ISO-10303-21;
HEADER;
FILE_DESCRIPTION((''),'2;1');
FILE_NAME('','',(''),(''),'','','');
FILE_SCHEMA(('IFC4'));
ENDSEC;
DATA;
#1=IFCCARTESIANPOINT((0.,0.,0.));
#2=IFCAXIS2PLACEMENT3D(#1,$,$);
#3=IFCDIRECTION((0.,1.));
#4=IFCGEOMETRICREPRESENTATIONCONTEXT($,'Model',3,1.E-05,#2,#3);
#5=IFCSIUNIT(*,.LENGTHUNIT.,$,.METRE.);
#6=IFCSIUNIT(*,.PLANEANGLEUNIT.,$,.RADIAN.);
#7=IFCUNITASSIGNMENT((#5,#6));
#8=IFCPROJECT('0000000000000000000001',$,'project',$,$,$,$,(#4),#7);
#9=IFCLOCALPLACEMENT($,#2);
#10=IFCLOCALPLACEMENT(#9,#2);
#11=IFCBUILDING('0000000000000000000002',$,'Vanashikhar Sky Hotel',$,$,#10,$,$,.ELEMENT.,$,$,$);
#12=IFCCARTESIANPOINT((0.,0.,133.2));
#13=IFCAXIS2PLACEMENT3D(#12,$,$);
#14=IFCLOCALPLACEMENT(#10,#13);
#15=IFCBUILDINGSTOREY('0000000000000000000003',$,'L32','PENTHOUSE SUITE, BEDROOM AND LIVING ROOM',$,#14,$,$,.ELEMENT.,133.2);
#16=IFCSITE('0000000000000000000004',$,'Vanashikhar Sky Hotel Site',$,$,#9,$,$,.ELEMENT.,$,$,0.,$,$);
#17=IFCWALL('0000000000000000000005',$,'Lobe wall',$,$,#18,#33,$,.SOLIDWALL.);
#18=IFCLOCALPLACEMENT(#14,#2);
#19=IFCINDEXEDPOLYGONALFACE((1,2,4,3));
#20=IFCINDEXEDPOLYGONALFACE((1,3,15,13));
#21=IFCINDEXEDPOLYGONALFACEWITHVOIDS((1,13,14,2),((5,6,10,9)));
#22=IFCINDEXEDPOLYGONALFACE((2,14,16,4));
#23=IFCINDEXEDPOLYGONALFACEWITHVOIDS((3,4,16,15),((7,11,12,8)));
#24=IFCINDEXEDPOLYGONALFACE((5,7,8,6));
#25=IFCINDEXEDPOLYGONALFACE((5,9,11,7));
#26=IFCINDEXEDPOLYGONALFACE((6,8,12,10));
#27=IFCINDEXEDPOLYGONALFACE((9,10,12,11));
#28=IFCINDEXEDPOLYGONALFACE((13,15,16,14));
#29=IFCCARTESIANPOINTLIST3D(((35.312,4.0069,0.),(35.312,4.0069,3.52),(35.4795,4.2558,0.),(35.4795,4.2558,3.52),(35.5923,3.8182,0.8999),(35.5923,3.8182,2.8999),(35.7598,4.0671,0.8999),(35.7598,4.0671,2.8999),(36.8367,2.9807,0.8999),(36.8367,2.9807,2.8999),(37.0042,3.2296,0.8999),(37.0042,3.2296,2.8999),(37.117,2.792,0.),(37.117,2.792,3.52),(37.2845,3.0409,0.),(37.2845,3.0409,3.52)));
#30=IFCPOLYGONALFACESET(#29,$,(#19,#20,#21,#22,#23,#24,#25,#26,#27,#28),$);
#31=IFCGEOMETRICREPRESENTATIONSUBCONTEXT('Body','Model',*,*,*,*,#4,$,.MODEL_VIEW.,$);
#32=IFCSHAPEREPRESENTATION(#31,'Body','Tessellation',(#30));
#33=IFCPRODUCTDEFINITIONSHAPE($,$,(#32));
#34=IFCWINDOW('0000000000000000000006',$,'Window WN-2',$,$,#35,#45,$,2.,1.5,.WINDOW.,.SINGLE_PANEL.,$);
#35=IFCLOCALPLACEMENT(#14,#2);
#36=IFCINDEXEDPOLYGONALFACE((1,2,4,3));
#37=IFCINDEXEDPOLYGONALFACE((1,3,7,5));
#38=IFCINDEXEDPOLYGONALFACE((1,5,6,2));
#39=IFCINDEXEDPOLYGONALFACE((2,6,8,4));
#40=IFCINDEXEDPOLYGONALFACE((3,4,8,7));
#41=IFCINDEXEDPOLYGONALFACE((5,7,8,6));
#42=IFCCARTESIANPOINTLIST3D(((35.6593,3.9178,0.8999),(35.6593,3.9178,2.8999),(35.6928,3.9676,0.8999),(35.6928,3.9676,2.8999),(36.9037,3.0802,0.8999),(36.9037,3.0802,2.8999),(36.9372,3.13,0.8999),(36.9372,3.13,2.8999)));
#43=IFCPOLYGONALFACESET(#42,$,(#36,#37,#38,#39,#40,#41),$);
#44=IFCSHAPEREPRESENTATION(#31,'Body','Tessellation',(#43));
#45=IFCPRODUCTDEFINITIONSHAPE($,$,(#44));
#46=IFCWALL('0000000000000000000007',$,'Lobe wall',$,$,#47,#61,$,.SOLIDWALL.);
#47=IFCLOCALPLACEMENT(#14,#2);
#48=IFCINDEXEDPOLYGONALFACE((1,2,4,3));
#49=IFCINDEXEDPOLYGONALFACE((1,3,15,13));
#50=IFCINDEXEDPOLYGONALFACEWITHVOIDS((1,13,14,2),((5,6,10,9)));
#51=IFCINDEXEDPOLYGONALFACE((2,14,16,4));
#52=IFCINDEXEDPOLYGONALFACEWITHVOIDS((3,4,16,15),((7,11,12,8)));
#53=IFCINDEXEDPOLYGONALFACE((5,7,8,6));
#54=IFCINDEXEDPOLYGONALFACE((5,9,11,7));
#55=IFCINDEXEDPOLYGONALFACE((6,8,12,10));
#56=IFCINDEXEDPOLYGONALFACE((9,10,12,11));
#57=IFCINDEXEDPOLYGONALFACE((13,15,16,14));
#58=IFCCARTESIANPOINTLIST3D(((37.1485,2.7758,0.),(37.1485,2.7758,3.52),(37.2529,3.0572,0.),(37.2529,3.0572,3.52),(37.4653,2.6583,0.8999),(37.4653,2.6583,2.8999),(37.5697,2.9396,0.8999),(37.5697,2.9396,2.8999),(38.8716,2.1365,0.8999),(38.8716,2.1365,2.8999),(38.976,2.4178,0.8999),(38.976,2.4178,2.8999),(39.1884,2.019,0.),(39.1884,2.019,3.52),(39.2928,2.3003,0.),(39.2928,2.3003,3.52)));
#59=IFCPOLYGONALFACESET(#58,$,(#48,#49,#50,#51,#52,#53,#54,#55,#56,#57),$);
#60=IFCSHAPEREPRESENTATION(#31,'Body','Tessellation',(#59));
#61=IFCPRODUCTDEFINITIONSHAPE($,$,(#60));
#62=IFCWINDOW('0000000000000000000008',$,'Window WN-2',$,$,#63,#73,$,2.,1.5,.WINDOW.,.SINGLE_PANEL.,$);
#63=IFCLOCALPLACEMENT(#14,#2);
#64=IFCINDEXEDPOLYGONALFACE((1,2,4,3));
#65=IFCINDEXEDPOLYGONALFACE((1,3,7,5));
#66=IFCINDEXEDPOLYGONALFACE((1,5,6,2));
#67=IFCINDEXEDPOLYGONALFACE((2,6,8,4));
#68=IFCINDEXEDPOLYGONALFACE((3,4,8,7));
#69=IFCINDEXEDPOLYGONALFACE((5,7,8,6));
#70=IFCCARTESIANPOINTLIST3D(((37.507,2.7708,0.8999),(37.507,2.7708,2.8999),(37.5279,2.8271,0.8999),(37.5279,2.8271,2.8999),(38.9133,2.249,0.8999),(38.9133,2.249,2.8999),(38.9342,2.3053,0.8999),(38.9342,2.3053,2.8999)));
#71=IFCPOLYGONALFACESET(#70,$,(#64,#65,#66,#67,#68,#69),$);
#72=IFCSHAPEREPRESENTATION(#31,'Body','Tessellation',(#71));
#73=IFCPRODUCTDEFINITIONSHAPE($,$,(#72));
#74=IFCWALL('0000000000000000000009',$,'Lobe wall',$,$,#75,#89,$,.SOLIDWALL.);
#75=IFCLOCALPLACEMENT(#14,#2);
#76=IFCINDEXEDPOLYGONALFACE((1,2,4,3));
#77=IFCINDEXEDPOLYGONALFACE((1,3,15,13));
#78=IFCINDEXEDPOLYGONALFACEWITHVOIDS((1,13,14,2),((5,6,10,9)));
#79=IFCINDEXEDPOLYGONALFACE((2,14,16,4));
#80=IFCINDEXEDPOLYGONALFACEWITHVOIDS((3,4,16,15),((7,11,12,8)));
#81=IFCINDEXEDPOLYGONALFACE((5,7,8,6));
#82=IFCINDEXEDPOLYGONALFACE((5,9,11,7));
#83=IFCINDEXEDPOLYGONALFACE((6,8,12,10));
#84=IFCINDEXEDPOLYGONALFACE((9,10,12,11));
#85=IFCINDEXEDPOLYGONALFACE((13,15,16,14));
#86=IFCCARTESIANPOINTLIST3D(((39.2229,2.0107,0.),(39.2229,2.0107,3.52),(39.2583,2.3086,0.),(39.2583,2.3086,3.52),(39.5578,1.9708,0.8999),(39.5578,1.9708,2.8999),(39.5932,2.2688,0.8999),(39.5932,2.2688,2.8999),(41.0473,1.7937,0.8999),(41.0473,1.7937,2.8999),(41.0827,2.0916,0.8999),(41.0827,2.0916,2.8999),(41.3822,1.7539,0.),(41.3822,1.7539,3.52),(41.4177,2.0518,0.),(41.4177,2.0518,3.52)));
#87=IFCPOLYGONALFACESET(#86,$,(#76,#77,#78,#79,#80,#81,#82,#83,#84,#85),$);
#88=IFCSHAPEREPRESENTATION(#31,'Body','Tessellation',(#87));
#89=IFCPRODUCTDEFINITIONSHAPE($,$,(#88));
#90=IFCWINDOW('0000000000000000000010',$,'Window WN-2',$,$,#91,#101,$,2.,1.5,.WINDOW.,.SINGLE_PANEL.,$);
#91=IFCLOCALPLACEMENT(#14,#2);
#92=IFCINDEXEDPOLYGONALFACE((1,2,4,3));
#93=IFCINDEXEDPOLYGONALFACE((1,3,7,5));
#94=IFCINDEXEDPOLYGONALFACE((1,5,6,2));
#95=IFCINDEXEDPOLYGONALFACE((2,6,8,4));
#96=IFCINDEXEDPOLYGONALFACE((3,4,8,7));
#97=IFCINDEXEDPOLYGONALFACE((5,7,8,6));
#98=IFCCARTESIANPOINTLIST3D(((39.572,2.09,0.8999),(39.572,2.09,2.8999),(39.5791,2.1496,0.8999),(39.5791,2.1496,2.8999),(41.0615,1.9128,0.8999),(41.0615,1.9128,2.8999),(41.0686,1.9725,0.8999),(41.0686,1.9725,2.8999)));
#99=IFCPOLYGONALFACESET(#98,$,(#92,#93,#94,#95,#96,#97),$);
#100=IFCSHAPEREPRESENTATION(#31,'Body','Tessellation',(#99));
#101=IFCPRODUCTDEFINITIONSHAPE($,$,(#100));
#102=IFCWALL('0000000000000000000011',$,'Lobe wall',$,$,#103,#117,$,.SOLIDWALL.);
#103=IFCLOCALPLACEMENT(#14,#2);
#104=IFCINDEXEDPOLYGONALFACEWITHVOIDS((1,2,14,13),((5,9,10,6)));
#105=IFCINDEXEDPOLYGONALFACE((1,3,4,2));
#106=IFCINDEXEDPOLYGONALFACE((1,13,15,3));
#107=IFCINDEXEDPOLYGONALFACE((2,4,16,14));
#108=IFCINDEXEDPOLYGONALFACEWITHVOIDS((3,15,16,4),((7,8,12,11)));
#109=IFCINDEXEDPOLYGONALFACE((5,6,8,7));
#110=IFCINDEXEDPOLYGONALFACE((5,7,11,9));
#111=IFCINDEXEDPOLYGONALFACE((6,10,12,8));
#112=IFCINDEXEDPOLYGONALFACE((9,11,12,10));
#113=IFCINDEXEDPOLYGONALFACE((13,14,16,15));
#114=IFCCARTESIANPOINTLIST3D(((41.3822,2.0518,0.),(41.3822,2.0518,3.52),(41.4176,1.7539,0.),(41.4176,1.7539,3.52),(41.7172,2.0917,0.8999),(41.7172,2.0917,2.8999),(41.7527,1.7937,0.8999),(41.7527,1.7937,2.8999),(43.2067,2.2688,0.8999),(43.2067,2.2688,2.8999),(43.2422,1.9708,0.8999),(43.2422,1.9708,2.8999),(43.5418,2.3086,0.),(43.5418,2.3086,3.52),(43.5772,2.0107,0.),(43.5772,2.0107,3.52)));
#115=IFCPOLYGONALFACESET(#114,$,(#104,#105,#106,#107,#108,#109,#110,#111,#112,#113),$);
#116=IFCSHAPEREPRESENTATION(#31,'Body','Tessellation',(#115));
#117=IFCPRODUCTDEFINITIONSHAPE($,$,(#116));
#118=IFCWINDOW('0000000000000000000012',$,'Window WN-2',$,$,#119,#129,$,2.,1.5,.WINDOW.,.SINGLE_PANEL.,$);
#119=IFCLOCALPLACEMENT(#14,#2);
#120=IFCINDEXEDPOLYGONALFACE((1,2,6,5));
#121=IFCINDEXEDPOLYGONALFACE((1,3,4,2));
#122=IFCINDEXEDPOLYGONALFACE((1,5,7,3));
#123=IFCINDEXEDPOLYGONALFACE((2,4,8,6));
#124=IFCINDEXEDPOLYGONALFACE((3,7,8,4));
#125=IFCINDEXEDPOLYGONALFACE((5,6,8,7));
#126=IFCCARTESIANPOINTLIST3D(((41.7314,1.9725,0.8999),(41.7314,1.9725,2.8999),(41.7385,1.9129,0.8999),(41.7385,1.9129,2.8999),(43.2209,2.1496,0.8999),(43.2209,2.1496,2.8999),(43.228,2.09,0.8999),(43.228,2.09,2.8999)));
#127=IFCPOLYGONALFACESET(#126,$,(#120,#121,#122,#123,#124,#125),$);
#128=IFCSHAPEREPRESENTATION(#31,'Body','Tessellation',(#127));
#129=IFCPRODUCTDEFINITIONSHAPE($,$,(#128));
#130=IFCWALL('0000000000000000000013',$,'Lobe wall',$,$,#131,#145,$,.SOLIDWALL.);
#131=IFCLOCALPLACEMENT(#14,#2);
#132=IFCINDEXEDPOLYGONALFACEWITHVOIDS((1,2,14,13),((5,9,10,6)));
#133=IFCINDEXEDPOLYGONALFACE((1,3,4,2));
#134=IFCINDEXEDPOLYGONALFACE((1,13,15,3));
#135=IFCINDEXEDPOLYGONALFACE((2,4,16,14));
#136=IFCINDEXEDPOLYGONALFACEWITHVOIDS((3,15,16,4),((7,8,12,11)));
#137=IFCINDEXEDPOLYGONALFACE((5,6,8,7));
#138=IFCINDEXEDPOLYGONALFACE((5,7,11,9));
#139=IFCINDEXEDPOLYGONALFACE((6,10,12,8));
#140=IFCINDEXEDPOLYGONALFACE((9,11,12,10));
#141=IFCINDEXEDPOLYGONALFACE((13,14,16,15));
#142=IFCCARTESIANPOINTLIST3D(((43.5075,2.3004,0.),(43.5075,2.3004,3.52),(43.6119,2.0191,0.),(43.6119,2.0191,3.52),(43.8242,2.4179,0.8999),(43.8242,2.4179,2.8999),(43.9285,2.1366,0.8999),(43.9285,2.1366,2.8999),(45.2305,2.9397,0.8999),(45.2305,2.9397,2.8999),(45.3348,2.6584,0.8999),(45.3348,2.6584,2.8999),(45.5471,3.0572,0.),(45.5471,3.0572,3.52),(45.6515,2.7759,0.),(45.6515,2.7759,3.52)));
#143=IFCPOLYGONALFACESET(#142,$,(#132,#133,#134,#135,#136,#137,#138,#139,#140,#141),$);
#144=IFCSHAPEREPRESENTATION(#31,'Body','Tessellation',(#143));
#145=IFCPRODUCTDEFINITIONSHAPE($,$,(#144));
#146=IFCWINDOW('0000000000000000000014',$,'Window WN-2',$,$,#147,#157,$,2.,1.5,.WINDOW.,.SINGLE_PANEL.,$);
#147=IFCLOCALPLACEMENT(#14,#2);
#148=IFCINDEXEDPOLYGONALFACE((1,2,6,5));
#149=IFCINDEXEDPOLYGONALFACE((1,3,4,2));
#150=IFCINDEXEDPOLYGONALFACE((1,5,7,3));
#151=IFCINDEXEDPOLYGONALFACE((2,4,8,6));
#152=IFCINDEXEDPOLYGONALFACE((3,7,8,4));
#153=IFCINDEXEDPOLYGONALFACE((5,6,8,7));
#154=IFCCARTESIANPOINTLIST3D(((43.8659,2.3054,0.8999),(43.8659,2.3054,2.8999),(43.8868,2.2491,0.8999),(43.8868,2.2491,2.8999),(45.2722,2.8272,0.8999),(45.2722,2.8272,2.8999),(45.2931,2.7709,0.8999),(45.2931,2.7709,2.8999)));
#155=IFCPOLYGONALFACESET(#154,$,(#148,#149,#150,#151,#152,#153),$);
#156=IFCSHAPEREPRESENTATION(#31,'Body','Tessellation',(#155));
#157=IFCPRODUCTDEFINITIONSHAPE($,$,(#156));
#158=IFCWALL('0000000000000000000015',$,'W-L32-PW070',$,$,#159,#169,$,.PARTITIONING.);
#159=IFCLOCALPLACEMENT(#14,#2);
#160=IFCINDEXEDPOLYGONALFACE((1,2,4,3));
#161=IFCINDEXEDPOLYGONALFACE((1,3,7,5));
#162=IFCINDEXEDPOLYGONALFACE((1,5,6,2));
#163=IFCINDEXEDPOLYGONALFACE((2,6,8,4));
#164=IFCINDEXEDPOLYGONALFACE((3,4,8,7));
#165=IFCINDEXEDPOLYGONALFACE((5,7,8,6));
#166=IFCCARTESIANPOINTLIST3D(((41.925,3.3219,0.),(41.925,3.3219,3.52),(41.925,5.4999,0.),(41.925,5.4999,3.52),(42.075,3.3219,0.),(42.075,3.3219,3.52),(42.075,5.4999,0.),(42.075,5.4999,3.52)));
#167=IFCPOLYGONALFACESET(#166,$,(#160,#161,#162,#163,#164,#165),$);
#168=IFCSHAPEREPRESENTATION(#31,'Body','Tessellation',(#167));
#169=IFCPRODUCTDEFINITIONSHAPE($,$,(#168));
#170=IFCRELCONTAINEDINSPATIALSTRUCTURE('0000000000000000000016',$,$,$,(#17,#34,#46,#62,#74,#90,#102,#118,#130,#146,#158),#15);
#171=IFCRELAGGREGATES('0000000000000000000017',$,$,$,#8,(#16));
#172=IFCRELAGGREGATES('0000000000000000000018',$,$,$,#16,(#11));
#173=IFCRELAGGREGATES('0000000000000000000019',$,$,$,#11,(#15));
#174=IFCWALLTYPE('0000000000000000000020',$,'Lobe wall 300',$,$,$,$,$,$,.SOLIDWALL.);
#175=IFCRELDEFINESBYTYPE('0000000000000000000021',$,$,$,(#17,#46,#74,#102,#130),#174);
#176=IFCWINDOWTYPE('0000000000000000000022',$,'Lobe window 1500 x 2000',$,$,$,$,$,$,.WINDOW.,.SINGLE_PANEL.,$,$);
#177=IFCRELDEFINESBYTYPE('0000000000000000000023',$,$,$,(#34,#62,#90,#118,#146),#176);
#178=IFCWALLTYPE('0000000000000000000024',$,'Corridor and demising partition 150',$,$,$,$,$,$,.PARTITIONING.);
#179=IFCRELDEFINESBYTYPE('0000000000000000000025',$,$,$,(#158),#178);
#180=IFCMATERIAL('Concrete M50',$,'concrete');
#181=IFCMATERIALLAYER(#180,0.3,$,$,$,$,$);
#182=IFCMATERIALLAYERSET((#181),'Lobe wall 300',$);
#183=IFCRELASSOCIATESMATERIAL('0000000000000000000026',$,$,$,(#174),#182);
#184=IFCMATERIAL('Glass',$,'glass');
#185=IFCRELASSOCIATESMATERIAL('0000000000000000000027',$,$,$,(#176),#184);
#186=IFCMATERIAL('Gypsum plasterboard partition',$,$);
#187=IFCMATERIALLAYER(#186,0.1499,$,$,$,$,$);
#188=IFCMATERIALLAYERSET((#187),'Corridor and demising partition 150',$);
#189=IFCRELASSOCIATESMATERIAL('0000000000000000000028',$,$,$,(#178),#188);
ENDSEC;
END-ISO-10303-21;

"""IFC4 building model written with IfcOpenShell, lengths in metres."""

from ifc_helpers import new_model, si_unit, direction, frame, frame_2d, origin, place, context, subcontext, project, spatial, rectangle, extrude, source, transform, mapped, material, layer, layer_set, type_object, element, fill, save


model = new_model("IFC4")

# Units and contexts
model_context = context("Model", 3, precision=1e-05, world=origin(), true_north=direction((0.0, 1.0)))
body_context = subcontext(model_context, "Body", "Model", "MODEL_VIEW")
ifc_project = project(units=[si_unit("LENGTHUNIT", "METRE"), si_unit("PLANEANGLEUNIT", "RADIAN")], contexts=[model_context])

# Site, building, storey
site_placement = place(None, origin())
site = spatial("IfcSite", under=ifc_project, at=site_placement, Name="Vanashikhar Sky Hotel Site", CompositionType="ELEMENT", RefElevation=0.0)
building_placement = place(site_placement, origin())
building = spatial("IfcBuilding", under=site, at=building_placement, Name="Vanashikhar Sky Hotel", CompositionType="ELEMENT")
storey_placement = place(building_placement, frame((0.0, 0.0, 133.2)))
storey = spatial("IfcBuildingStorey", under=building, at=storey_placement, Name="L32", Description="PENTHOUSE SUITE, BEDROOM AND LIVING ROOM", CompositionType="ELEMENT", Elevation=133.2)

# Walls, openings, windows
ifc_material_1 = material(Name="Concrete M50", Category="concrete")
ifc_layer_1 = layer(ifc_material_1, 0.3)
ifc_layer_set_1 = layer_set([ifc_layer_1], Name="Lobe wall 300")
wall_type_1 = type_object("IfcWallType", Name="Lobe wall 300", PredefinedType="SOLIDWALL", material=ifc_layer_set_1)
shared_shape_1 = source(origin(), body_context, "Body", "SweptSolid", [
    extrude(rectangle(XDim=2.1758, YDim=0.3, at=frame_2d((1.0879, 0.0))), origin(), (0.0, 0.0, 1.0), 3.52),
])
wall_1_placement = place(storey_placement, frame((35.3958, 4.1313, 0.0), z_axis=(0.0, 0.0, 1.0), x_axis=(0.829591, -0.558372, 0.0)))
wall_1 = element("IfcWall", 1, at=wall_1_placement, inside=storey, type_object=wall_type_1, Name="Lobe wall", PredefinedType="SOLIDWALL", context=body_context, shape_type="MappedRepresentation", body=[
    mapped(shared_shape_1, transform((0.0, 0.0, 0.0), scale=1.0)),
])
shared_shape_2 = source(origin(), body_context, "Body", "SweptSolid", [
    extrude(rectangle(XDim=1.5, YDim=2.0, at=frame_2d((0.75, 1.0))), frame((0.0, 0.1602, 0.0), z_axis=(0.0, -1.0, 0.0), x_axis=(1.0, 0.0, 0.0)), (0.0, 0.0, 1.0), 0.3201),
])
opening_1_placement = place(wall_1_placement, frame((0.3379, 0.0, 0.8999)))
opening_1 = element("IfcOpeningElement", 2, at=opening_1_placement, cuts=wall_1, PredefinedType="OPENING", context=body_context, shape_type="MappedRepresentation", body=[
    mapped(shared_shape_2, transform((0.0, 0.0, 0.0), scale=1.0)),
])
ifc_material_2 = material(Name="Glass", Category="glass")
window_type = type_object("IfcWindowType", Name="Lobe window 1500 x 2000", PartitioningType="SINGLE_PANEL", PredefinedType="WINDOW", material=ifc_material_2)
shared_shape_3 = source(origin(), body_context, "Body", "SweptSolid", [
    extrude(rectangle(XDim=1.5, YDim=2.0, at=frame_2d((0.75, 1.0))), frame((0.0, 0.03, 0.0), z_axis=(0.0, -1.0, 0.0), x_axis=(1.0, 0.0, 0.0)), (0.0, 0.0, 1.0), 0.0601),
])
window_1_placement = place(opening_1_placement, origin())
window_1 = element("IfcWindow", 3, at=window_1_placement, inside=storey, type_object=window_type, Name="Window WN-2", OverallHeight=2.0, OverallWidth=1.5, PartitioningType="SINGLE_PANEL", PredefinedType="WINDOW", context=body_context, shape_type="MappedRepresentation", body=[
    mapped(shared_shape_3, transform((0.0, 0.0, 0.0), scale=1.0)),
])
fill(opening_1, window_1)
wall_2_placement = place(storey_placement, frame((37.2007, 2.9165, 0.0), z_axis=(0.0, 0.0, 1.0), x_axis=(0.937546, -0.347863, 0.0)))
wall_2 = element("IfcWall", 4, at=wall_2_placement, inside=storey, type_object=wall_type_1, Name="Lobe wall", PredefinedType="SOLIDWALL", context=body_context, shape_type="MappedRepresentation", body=[
    mapped(shared_shape_1, transform((0.0, 0.0, 0.0), scale=1.0)),
])
opening_2_placement = place(wall_2_placement, frame((0.3379, 0.0, 0.8999)))
opening_2 = element("IfcOpeningElement", 5, at=opening_2_placement, cuts=wall_2, PredefinedType="OPENING", context=body_context, shape_type="MappedRepresentation", body=[
    mapped(shared_shape_2, transform((0.0, 0.0, 0.0), scale=1.0)),
])
window_2_placement = place(opening_2_placement, origin())
window_2 = element("IfcWindow", 6, at=window_2_placement, inside=storey, type_object=window_type, Name="Window WN-2", OverallHeight=2.0, OverallWidth=1.5, PartitioningType="SINGLE_PANEL", PredefinedType="WINDOW", context=body_context, shape_type="MappedRepresentation", body=[
    mapped(shared_shape_3, transform((0.0, 0.0, 0.0), scale=1.0)),
])
fill(opening_2, window_2)
shared_shape_4 = source(origin(), body_context, "Body", "SweptSolid", [
    extrude(rectangle(XDim=2.1746, YDim=0.3, at=frame_2d((1.0874, 0.0))), origin(), (0.0, 0.0, 1.0), 3.52),
])
wall_3_placement = place(storey_placement, frame((39.2405, 2.1597, 0.0), z_axis=(0.0, 0.0, 1.0), x_axis=(0.993001, -0.118105, 0.0)))
wall_3 = element("IfcWall", 7, at=wall_3_placement, inside=storey, type_object=wall_type_1, Name="Lobe wall", PredefinedType="SOLIDWALL", context=body_context, shape_type="MappedRepresentation", body=[
    mapped(shared_shape_4, transform((0.0, 0.0, 0.0), scale=1.0)),
])
opening_3_placement = place(wall_3_placement, frame((0.3374, 0.0, 0.8999)))
opening_3 = element("IfcOpeningElement", 8, at=opening_3_placement, cuts=wall_3, PredefinedType="OPENING", context=body_context, shape_type="MappedRepresentation", body=[
    mapped(shared_shape_2, transform((0.0, 0.0, 0.0), scale=1.0)),
])
window_3_placement = place(opening_3_placement, origin())
window_3 = element("IfcWindow", 9, at=window_3_placement, inside=storey, type_object=window_type, Name="Window WN-2", OverallHeight=2.0, OverallWidth=1.5, PartitioningType="SINGLE_PANEL", PredefinedType="WINDOW", context=body_context, shape_type="MappedRepresentation", body=[
    mapped(shared_shape_3, transform((0.0, 0.0, 0.0), scale=1.0)),
])
fill(opening_3, window_3)
shared_shape_5 = source(origin(), body_context, "Body", "SweptSolid", [
    extrude(rectangle(XDim=2.1748, YDim=0.3, at=frame_2d((1.0874, 0.0))), origin(), (0.0, 0.0, 1.0), 3.52),
])
wall_4_placement = place(storey_placement, frame((41.3999, 1.9028, 0.0), z_axis=(0.0, 0.0, 1.0), x_axis=(0.993003, 0.118092, 0.0)))
wall_4 = element("IfcWall", 10, at=wall_4_placement, inside=storey, type_object=wall_type_1, Name="Lobe wall", PredefinedType="SOLIDWALL", context=body_context, shape_type="MappedRepresentation", body=[
    mapped(shared_shape_5, transform((0.0, 0.0, 0.0), scale=1.0)),
])
opening_4_placement = place(wall_4_placement, frame((0.3374, 0.0, 0.8999)))
opening_4 = element("IfcOpeningElement", 11, at=opening_4_placement, cuts=wall_4, PredefinedType="OPENING", context=body_context, shape_type="MappedRepresentation", body=[
    mapped(shared_shape_2, transform((0.0, 0.0, 0.0), scale=1.0)),
])
window_4_placement = place(opening_4_placement, origin())
window_4 = element("IfcWindow", 12, at=window_4_placement, inside=storey, type_object=window_type, Name="Window WN-2", OverallHeight=2.0, OverallWidth=1.5, PartitioningType="SINGLE_PANEL", PredefinedType="WINDOW", context=body_context, shape_type="MappedRepresentation", body=[
    mapped(shared_shape_3, transform((0.0, 0.0, 0.0), scale=1.0)),
])
fill(opening_4, window_4)
shared_shape_6 = source(origin(), body_context, "Body", "SweptSolid", [
    extrude(rectangle(XDim=2.1755, YDim=0.3, at=frame_2d((1.0879, 0.0))), origin(), (0.0, 0.0, 1.0), 3.52),
])
wall_5_placement = place(storey_placement, frame((43.5596, 2.1597, 0.0), z_axis=(0.0, 0.0, 1.0), x_axis=(0.937532, 0.347899, 0.0)))
wall_5 = element("IfcWall", 13, at=wall_5_placement, inside=storey, type_object=wall_type_1, Name="Lobe wall", PredefinedType="SOLIDWALL", context=body_context, shape_type="MappedRepresentation", body=[
    mapped(shared_shape_6, transform((0.0, 0.0, 0.0), scale=1.0)),
])
opening_5_placement = place(wall_5_placement, frame((0.3379, 0.0, 0.8999)))
opening_5 = element("IfcOpeningElement", 14, at=opening_5_placement, cuts=wall_5, PredefinedType="OPENING", context=body_context, shape_type="MappedRepresentation", body=[
    mapped(shared_shape_2, transform((0.0, 0.0, 0.0), scale=1.0)),
])
window_5_placement = place(opening_5_placement, origin())
window_5 = element("IfcWindow", 15, at=window_5_placement, inside=storey, type_object=window_type, Name="Window WN-2", OverallHeight=2.0, OverallWidth=1.5, PartitioningType="SINGLE_PANEL", PredefinedType="WINDOW", context=body_context, shape_type="MappedRepresentation", body=[
    mapped(shared_shape_3, transform((0.0, 0.0, 0.0), scale=1.0)),
])
fill(opening_5, window_5)

# Wall
ifc_material_3 = material(Name="Gypsum plasterboard partition")
ifc_layer_2 = layer(ifc_material_3, 0.1499)
ifc_layer_set_2 = layer_set([ifc_layer_2], Name="Corridor and demising partition 150")
wall_type_2 = type_object("IfcWallType", Name="Corridor and demising partition 150", PredefinedType="PARTITIONING", material=ifc_layer_set_2)
shared_shape_7 = source(origin(), body_context, "Body", "SweptSolid", [
    extrude(rectangle(XDim=2.178, YDim=0.1499, at=frame_2d((1.0889, 0.0))), origin(), (0.0, 0.0, 1.0), 3.52),
])
wall_6_placement = place(storey_placement, frame((42.0, 3.322, 0.0), z_axis=(0.0, 0.0, 1.0), x_axis=(0.0, 1.0, 0.0)))
element("IfcWall", 16, at=wall_6_placement, inside=storey, type_object=wall_type_2, Name="W-L32-PW070", PredefinedType="PARTITIONING", context=body_context, shape_type="MappedRepresentation", body=[
    mapped(shared_shape_7, transform((0.0, 0.0, 0.0), scale=1.0)),
])

save(model, "model.ifc")
